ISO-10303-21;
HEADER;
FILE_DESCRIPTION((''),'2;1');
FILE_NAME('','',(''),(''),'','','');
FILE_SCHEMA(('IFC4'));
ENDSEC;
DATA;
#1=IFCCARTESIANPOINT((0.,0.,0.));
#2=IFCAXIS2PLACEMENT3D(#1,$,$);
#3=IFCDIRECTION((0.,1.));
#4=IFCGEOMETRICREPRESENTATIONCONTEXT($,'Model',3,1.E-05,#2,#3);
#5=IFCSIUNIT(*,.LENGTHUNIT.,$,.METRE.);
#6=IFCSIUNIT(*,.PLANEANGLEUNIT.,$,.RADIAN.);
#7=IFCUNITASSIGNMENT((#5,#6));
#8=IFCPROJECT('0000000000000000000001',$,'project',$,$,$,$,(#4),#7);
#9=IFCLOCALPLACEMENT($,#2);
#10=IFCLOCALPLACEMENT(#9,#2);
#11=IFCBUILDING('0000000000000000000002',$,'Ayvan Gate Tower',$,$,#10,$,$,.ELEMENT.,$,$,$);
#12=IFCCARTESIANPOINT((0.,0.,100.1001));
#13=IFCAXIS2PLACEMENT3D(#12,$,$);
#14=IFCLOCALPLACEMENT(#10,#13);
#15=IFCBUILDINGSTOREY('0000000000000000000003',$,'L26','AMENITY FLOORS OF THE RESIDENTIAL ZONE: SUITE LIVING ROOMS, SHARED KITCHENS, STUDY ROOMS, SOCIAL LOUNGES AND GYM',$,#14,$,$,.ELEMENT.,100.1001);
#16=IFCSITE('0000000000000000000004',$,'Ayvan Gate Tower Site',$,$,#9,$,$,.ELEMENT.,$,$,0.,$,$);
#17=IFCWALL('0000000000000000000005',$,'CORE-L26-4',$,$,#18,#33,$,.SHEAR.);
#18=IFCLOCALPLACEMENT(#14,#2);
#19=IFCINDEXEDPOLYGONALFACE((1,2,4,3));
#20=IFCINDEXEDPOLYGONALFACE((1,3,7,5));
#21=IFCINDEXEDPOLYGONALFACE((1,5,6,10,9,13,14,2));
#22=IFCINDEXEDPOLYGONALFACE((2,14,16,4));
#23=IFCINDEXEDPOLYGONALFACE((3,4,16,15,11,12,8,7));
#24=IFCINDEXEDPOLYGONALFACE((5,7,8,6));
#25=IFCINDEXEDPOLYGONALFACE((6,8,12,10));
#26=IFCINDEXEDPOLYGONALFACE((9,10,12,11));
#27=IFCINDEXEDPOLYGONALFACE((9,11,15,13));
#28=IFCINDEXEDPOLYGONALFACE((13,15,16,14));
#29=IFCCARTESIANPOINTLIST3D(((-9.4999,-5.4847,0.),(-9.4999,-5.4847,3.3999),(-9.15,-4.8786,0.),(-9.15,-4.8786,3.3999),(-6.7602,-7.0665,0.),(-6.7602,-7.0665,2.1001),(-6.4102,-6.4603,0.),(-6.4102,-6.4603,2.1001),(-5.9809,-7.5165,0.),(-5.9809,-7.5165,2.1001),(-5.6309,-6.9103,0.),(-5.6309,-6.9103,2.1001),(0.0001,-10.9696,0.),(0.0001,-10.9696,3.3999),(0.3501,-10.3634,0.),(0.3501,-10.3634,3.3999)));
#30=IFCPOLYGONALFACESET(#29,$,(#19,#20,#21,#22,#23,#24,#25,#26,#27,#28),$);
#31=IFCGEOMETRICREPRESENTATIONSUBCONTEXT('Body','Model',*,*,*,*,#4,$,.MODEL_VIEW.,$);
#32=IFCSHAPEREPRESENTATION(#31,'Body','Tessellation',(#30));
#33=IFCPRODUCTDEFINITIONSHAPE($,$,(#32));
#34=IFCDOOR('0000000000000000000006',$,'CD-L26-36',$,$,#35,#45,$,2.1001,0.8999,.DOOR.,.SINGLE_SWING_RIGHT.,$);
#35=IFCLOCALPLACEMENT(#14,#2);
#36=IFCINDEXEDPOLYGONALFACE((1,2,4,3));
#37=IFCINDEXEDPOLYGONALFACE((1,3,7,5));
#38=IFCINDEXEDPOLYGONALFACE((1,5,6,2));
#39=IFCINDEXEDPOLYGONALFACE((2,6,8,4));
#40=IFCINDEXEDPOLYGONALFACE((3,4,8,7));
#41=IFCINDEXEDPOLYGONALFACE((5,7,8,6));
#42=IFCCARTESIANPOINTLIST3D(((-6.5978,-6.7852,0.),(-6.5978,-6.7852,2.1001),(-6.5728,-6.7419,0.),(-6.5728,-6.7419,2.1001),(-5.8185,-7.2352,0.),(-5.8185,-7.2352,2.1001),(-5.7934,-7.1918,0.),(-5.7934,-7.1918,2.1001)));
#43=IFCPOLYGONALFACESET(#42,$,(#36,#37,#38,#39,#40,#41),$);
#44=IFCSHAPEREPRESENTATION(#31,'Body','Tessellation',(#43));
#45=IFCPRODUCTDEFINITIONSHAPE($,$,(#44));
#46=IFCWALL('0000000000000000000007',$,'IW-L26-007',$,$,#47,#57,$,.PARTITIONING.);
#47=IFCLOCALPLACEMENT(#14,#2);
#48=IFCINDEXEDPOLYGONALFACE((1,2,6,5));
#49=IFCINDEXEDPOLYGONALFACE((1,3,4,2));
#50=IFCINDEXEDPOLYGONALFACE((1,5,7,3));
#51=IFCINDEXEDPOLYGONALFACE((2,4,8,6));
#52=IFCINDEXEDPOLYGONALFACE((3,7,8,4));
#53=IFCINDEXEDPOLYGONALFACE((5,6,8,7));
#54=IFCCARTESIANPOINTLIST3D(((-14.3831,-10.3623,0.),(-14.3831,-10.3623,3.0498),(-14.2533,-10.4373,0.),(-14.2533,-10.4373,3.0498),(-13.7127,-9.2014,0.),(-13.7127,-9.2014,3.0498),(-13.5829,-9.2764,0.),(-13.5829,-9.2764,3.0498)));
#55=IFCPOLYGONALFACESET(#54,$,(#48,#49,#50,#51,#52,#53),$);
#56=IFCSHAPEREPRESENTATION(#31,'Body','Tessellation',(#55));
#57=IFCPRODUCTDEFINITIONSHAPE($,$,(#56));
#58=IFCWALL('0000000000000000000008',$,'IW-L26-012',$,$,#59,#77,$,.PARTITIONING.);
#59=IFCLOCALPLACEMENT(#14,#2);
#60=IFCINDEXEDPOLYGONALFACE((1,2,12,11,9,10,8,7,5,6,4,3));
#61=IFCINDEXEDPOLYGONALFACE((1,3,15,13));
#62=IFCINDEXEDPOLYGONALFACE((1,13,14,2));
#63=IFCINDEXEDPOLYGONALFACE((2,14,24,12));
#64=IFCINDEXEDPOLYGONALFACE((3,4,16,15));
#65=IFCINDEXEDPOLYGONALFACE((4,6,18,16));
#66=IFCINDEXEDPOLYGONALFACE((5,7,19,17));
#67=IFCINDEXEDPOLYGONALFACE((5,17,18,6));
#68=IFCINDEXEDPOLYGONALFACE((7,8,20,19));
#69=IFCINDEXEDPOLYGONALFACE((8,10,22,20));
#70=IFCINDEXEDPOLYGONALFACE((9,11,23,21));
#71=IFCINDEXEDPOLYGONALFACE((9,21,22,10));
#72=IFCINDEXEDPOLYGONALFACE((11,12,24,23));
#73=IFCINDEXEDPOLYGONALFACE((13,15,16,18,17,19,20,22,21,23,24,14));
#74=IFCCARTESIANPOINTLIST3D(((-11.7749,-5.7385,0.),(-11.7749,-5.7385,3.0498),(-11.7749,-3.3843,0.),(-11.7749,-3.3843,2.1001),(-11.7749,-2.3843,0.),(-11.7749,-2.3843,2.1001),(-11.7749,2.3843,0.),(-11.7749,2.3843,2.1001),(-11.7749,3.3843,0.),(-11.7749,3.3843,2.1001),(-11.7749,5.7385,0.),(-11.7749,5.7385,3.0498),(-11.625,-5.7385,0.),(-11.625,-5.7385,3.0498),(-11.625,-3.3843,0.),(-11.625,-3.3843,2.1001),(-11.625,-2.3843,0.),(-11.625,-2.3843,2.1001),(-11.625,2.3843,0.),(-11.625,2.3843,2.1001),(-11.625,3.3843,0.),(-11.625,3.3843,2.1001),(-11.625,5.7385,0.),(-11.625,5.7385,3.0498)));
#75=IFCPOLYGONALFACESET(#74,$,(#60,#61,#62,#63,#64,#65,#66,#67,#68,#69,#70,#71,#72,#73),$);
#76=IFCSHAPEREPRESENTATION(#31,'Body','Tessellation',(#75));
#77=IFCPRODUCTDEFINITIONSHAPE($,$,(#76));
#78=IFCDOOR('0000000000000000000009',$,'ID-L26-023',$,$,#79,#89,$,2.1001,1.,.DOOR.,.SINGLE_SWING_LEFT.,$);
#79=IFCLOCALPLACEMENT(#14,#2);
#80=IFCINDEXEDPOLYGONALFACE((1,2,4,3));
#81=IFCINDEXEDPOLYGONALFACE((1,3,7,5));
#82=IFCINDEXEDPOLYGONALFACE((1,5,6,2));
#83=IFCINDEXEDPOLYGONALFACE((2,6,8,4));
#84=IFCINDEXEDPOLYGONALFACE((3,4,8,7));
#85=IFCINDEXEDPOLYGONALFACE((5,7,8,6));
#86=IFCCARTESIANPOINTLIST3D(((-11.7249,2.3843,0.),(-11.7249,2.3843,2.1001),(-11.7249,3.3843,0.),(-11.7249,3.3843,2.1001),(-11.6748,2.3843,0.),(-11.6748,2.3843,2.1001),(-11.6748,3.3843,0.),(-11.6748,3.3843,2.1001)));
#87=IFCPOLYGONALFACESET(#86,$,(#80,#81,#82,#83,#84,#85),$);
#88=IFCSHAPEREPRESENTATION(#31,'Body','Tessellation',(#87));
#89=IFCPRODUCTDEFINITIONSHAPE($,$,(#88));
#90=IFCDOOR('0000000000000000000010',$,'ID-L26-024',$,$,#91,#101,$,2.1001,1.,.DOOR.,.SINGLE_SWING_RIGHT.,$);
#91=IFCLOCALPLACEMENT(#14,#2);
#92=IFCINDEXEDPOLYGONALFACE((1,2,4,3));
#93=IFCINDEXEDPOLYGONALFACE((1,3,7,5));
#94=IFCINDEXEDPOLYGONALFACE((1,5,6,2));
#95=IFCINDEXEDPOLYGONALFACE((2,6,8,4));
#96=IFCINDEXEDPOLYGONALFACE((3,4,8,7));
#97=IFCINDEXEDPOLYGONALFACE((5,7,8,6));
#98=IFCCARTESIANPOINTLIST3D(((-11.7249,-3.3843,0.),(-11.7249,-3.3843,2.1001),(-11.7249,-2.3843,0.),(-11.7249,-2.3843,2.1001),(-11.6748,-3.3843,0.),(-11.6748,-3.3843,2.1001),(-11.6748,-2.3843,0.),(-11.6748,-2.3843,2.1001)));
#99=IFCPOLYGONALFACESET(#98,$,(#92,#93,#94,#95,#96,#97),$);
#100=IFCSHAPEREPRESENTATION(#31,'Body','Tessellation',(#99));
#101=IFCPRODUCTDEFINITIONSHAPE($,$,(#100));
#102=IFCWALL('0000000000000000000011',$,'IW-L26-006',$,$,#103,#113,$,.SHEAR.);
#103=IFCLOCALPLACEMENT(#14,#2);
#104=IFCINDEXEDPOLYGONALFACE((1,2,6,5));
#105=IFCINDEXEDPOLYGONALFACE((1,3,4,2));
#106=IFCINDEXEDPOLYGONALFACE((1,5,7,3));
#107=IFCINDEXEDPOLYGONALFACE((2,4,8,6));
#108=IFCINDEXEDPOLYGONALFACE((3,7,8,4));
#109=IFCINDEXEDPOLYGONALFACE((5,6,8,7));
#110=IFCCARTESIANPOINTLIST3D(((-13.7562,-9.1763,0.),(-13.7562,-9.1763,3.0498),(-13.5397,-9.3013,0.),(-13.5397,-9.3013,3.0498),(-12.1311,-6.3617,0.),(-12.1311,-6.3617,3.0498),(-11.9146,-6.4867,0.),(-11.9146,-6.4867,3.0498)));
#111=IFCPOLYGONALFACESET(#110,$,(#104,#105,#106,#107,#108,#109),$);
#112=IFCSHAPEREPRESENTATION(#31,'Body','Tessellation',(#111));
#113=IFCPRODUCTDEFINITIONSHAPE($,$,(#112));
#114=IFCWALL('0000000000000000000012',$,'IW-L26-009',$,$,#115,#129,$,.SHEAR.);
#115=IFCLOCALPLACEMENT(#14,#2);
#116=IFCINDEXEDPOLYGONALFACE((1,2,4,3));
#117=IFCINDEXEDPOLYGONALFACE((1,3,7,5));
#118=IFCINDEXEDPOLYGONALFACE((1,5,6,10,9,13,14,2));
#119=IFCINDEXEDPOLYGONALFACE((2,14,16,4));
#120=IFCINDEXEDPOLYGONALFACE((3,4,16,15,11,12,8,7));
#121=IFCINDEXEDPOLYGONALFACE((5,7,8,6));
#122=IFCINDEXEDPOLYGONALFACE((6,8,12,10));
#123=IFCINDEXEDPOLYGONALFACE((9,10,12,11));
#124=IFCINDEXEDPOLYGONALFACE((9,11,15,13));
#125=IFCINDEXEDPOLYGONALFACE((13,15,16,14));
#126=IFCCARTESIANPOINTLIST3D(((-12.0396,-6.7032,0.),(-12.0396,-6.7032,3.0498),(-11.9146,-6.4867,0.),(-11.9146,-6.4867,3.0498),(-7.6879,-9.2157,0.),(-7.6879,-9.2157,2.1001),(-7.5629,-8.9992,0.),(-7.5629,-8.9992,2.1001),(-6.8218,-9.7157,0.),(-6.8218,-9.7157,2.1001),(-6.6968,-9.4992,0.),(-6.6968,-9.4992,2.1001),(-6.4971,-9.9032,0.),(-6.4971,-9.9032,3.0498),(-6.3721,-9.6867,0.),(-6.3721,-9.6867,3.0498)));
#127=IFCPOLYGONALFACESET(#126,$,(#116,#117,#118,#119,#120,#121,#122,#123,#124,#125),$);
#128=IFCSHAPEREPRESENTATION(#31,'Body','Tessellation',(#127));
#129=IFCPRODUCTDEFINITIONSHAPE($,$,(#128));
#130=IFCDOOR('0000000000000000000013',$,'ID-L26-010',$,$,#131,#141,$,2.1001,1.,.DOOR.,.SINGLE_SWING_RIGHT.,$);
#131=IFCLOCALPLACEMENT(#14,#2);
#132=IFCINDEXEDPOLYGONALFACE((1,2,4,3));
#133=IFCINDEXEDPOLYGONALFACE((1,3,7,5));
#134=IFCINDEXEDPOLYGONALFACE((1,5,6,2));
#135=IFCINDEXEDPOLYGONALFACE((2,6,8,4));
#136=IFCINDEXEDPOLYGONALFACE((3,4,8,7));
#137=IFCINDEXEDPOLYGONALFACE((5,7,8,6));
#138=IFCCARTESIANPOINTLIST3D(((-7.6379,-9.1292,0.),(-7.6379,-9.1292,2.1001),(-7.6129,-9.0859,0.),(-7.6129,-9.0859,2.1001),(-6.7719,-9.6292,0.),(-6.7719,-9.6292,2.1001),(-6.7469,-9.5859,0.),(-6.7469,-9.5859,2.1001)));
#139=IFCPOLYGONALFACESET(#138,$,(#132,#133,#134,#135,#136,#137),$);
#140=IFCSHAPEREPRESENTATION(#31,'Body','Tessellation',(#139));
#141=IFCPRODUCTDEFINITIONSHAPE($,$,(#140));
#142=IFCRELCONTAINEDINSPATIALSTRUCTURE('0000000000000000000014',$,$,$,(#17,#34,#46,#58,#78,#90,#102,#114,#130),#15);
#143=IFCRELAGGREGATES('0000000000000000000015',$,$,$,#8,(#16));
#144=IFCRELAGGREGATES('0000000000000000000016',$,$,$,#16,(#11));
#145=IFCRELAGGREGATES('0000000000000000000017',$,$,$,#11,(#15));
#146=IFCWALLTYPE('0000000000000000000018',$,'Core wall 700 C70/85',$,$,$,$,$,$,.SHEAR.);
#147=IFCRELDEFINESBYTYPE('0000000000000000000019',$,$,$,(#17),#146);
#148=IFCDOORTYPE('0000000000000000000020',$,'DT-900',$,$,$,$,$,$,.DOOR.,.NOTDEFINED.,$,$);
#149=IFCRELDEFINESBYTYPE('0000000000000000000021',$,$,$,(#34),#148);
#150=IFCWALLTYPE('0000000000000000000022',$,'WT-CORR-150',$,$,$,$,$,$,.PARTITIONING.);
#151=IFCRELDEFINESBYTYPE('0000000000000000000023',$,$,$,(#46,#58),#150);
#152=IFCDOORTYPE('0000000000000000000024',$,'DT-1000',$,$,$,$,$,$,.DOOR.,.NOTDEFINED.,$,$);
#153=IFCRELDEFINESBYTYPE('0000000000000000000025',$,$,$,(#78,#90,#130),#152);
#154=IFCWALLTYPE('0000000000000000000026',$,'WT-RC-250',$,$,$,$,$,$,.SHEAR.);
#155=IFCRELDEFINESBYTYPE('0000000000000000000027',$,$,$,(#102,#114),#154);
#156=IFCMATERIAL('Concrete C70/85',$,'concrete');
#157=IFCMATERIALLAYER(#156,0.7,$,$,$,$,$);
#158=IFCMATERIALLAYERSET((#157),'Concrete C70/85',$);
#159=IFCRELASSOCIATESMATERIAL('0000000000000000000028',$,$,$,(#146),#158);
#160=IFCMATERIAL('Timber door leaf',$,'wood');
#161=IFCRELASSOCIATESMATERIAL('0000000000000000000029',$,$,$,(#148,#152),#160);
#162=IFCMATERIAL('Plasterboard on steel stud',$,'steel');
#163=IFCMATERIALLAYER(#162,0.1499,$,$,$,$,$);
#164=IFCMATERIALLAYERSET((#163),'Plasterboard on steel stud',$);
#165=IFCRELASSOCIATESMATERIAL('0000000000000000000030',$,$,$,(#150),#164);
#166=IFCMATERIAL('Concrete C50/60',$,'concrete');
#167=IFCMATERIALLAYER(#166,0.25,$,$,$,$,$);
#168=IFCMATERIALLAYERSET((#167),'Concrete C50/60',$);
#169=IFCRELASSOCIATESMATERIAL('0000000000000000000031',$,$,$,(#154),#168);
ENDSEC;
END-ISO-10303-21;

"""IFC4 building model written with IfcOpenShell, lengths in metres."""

from ifc_helpers import new_model, si_unit, direction, frame, frame_2d, origin, place, context, subcontext, project, spatial, rectangle, extrude, material, layer, layer_set, type_object, element, fill, save


model = new_model("IFC4")

# Units and contexts
model_context = context("Model", 3, precision=1e-05, world=origin(), true_north=direction((0.0, 1.0)))
body_context = subcontext(model_context, "Body", "Model", "MODEL_VIEW")
ifc_project = project(units=[si_unit("LENGTHUNIT", "METRE"), si_unit("PLANEANGLEUNIT", "RADIAN")], contexts=[model_context])

# Site, building, storey
site_placement = place(None, origin())
site = spatial("IfcSite", under=ifc_project, at=site_placement, Name="Ayvan Gate Tower Site", CompositionType="ELEMENT", RefElevation=0.0)
building_placement = place(site_placement, origin())
building = spatial("IfcBuilding", under=site, at=building_placement, Name="Ayvan Gate Tower", CompositionType="ELEMENT")
storey_placement = place(building_placement, frame((0.0, 0.0, 100.1001)))
storey = spatial("IfcBuildingStorey", under=building, at=storey_placement, Name="L26", Description="AMENITY FLOORS OF THE RESIDENTIAL ZONE: SUITE LIVING ROOMS, SHARED KITCHENS, STUDY ROOMS, SOCIAL LOUNGES AND GYM", CompositionType="ELEMENT", Elevation=100.1001)

# Wall, opening, door
ifc_material_1 = material(Name="Concrete C70/85", Category="concrete")
ifc_layer_1 = layer(ifc_material_1, 0.7)
ifc_layer_set_1 = layer_set([ifc_layer_1], Name="Concrete C70/85")
wall_type_1 = type_object("IfcWallType", Name="Core wall 700 C70/85", PredefinedType="SHEAR", material=ifc_layer_set_1)
wall_1_placement = place(storey_placement, frame((-9.325, -5.1816, 0.0), z_axis=(0.0, 0.0, 1.0), x_axis=(0.866024, -0.500002, 0.0)))
wall_1 = element("IfcWall", 1, at=wall_1_placement, inside=storey, type_object=wall_type_1, Name="CORE-L26-4", PredefinedType="SHEAR", context=body_context, shape_type="SweptSolid", body=[
    extrude(rectangle(XDim=10.9697, YDim=0.7, at=frame_2d((5.4849, 0.0))), origin(), (0.0, 0.0, 1.0), 3.3999),
])
opening_1_placement = place(wall_1_placement, frame((3.1636, 0.0, 0.0)))
opening_1 = element("IfcOpeningElement", 2, at=opening_1_placement, cuts=wall_1, PredefinedType="OPENING", context=body_context, shape_type="SweptSolid", body=[
    extrude(rectangle(XDim=0.8999, YDim=2.1001, at=frame_2d((0.45, 1.05))), frame((0.0, 0.3599, 0.0), z_axis=(0.0, -1.0, 0.0), x_axis=(1.0, 0.0, 0.0)), (0.0, 0.0, 1.0), 0.72),
])
ifc_material_2 = material(Name="Timber door leaf", Category="wood")
door_type_1 = type_object("IfcDoorType", Name="DT-900", OperationType="NOTDEFINED", PredefinedType="DOOR", material=ifc_material_2)
door_1_placement = place(opening_1_placement, origin())
door_1 = element("IfcDoor", 3, at=door_1_placement, inside=storey, type_object=door_type_1, Name="CD-L26-36", OperationType="SINGLE_SWING_RIGHT", OverallHeight=2.1001, OverallWidth=0.8999, PredefinedType="DOOR", context=body_context, shape_type="SweptSolid", body=[
    extrude(rectangle(XDim=0.8999, YDim=2.1001, at=frame_2d((0.45, 1.05))), frame((0.0, 0.0249, 0.0), z_axis=(0.0, -1.0, 0.0), x_axis=(1.0, 0.0, 0.0)), (0.0, 0.0, 1.0), 0.05),
])
fill(opening_1, door_1)

# Wall
ifc_material_3 = material(Name="Plasterboard on steel stud", Category="steel")
ifc_layer_2 = layer(ifc_material_3, 0.1499)
ifc_layer_set_2 = layer_set([ifc_layer_2], Name="Plasterboard on steel stud")
wall_type_2 = type_object("IfcWallType", Name="WT-CORR-150", PredefinedType="PARTITIONING", material=ifc_layer_set_2)
wall_2_placement = place(storey_placement, frame((-13.6477, -9.2388, 0.0), z_axis=(0.0, 0.0, 1.0), x_axis=(-0.500096, -0.86597, 0.0)))
element("IfcWall", 4, at=wall_2_placement, inside=storey, type_object=wall_type_2, Name="IW-L26-007", PredefinedType="PARTITIONING", context=body_context, shape_type="SweptSolid", body=[
    extrude(rectangle(XDim=1.3406, YDim=0.1499, at=frame_2d((0.6704, 0.0))), origin(), (0.0, 0.0, 1.0), 3.0498),
])

# Wall, openings, doors
wall_3_placement = place(storey_placement, frame((-11.7, -5.7385, 0.0), z_axis=(0.0, 0.0, 1.0), x_axis=(0.0, 1.0, 0.0)))
wall_3 = element("IfcWall", 5, at=wall_3_placement, inside=storey, type_object=wall_type_2, Name="IW-L26-012", PredefinedType="PARTITIONING", context=body_context, shape_type="SweptSolid", body=[
    extrude(rectangle(XDim=11.4771, YDim=0.1499, at=frame_2d((5.7385, 0.0))), origin(), (0.0, 0.0, 1.0), 3.0498),
])
opening_2_placement = place(wall_3_placement, frame((8.1228, 0.0, 0.0)))
opening_2 = element("IfcOpeningElement", 6, at=opening_2_placement, cuts=wall_3, PredefinedType="OPENING", context=body_context, shape_type="SweptSolid", body=[
    extrude(rectangle(XDim=1.0, YDim=2.1001, at=frame_2d((0.5, 1.05))), frame((0.0, 0.085, 0.0), z_axis=(0.0, -1.0, 0.0), x_axis=(1.0, 0.0, 0.0)), (0.0, 0.0, 1.0), 0.1699),
])
opening_3_placement = place(wall_3_placement, frame((2.3542, 0.0, 0.0)))
opening_3 = element("IfcOpeningElement", 7, at=opening_3_placement, cuts=wall_3, PredefinedType="OPENING", context=body_context, shape_type="SweptSolid", body=[
    extrude(rectangle(XDim=1.0, YDim=2.1001, at=frame_2d((0.5, 1.05))), frame((0.0, 0.085, 0.0), z_axis=(0.0, -1.0, 0.0), x_axis=(1.0, 0.0, 0.0)), (0.0, 0.0, 1.0), 0.1699),
])
door_type_2 = type_object("IfcDoorType", Name="DT-1000", OperationType="NOTDEFINED", PredefinedType="DOOR", material=ifc_material_2)
door_2_placement = place(opening_2_placement, origin())
door_2 = element("IfcDoor", 8, at=door_2_placement, inside=storey, type_object=door_type_2, Name="ID-L26-023", OperationType="SINGLE_SWING_LEFT", OverallHeight=2.1001, OverallWidth=1.0, PredefinedType="DOOR", context=body_context, shape_type="SweptSolid", body=[
    extrude(rectangle(XDim=1.0, YDim=2.1001, at=frame_2d((0.5, 1.05))), frame((0.0, 0.0249, 0.0), z_axis=(0.0, -1.0, 0.0), x_axis=(1.0, 0.0, 0.0)), (0.0, 0.0, 1.0), 0.05),
])
fill(opening_2, door_2)
door_3_placement = place(opening_3_placement, origin())
door_3 = element("IfcDoor", 9, at=door_3_placement, inside=storey, type_object=door_type_2, Name="ID-L26-024", OperationType="SINGLE_SWING_RIGHT", OverallHeight=2.1001, OverallWidth=1.0, PredefinedType="DOOR", context=body_context, shape_type="SweptSolid", body=[
    extrude(rectangle(XDim=1.0, YDim=2.1001, at=frame_2d((0.5, 1.05))), frame((0.0, 0.0249, 0.0), z_axis=(0.0, -1.0, 0.0), x_axis=(1.0, 0.0, 0.0)), (0.0, 0.0, 1.0), 0.05),
])
fill(opening_3, door_3)

# Wall
ifc_material_4 = material(Name="Concrete C50/60", Category="concrete")
ifc_layer_3 = layer(ifc_material_4, 0.25)
ifc_layer_set_3 = layer_set([ifc_layer_3], Name="Concrete C50/60")
wall_type_3 = type_object("IfcWallType", Name="WT-RC-250", PredefinedType="SHEAR", material=ifc_layer_set_3)
wall_4_placement = place(storey_placement, frame((-13.6479, -9.2388, 0.0), z_axis=(0.0, 0.0, 1.0), x_axis=(0.500017, 0.866015, 0.0)))
element("IfcWall", 10, at=wall_4_placement, inside=storey, type_object=wall_type_3, Name="IW-L26-006", PredefinedType="SHEAR", context=body_context, shape_type="SweptSolid", body=[
    extrude(rectangle(XDim=3.25, YDim=0.25, at=frame_2d((1.625, 0.0))), origin(), (0.0, 0.0, 1.0), 3.0498),
])

# Wall, opening, door
wall_5_placement = place(storey_placement, frame((-11.9771, -6.595, 0.0), z_axis=(0.0, 0.0, 1.0), x_axis=(0.866025, -0.5, 0.0)))
wall_5 = element("IfcWall", 11, at=wall_5_placement, inside=storey, type_object=wall_type_3, Name="IW-L26-009", PredefinedType="SHEAR", context=body_context, shape_type="SweptSolid", body=[
    extrude(rectangle(XDim=6.3999, YDim=0.25, at=frame_2d((3.2, 0.0))), origin(), (0.0, 0.0, 1.0), 3.0498),
])
opening_4_placement = place(wall_5_placement, frame((5.0249, 0.0, 0.0)))
opening_4 = element("IfcOpeningElement", 12, at=opening_4_placement, cuts=wall_5, PredefinedType="OPENING", context=body_context, shape_type="SweptSolid", body=[
    extrude(rectangle(XDim=1.0, YDim=2.1001, at=frame_2d((0.5, 1.05))), frame((0.0, 0.135, 0.0), z_axis=(0.0, -1.0, 0.0), x_axis=(1.0, 0.0, 0.0)), (0.0, 0.0, 1.0), 0.27),
])
door_4_placement = place(opening_4_placement, origin())
door_4 = element("IfcDoor", 13, at=door_4_placement, inside=storey, type_object=door_type_2, Name="ID-L26-010", OperationType="SINGLE_SWING_RIGHT", OverallHeight=2.1001, OverallWidth=1.0, PredefinedType="DOOR", context=body_context, shape_type="SweptSolid", body=[
    extrude(rectangle(XDim=1.0, YDim=2.1001, at=frame_2d((0.5, 1.05))), frame((0.0, 0.0249, 0.0), z_axis=(0.0, -1.0, 0.0), x_axis=(1.0, 0.0, 0.0)), (0.0, 0.0, 1.0), 0.05),
])
fill(opening_4, door_4)

save(model, "model.ifc")
